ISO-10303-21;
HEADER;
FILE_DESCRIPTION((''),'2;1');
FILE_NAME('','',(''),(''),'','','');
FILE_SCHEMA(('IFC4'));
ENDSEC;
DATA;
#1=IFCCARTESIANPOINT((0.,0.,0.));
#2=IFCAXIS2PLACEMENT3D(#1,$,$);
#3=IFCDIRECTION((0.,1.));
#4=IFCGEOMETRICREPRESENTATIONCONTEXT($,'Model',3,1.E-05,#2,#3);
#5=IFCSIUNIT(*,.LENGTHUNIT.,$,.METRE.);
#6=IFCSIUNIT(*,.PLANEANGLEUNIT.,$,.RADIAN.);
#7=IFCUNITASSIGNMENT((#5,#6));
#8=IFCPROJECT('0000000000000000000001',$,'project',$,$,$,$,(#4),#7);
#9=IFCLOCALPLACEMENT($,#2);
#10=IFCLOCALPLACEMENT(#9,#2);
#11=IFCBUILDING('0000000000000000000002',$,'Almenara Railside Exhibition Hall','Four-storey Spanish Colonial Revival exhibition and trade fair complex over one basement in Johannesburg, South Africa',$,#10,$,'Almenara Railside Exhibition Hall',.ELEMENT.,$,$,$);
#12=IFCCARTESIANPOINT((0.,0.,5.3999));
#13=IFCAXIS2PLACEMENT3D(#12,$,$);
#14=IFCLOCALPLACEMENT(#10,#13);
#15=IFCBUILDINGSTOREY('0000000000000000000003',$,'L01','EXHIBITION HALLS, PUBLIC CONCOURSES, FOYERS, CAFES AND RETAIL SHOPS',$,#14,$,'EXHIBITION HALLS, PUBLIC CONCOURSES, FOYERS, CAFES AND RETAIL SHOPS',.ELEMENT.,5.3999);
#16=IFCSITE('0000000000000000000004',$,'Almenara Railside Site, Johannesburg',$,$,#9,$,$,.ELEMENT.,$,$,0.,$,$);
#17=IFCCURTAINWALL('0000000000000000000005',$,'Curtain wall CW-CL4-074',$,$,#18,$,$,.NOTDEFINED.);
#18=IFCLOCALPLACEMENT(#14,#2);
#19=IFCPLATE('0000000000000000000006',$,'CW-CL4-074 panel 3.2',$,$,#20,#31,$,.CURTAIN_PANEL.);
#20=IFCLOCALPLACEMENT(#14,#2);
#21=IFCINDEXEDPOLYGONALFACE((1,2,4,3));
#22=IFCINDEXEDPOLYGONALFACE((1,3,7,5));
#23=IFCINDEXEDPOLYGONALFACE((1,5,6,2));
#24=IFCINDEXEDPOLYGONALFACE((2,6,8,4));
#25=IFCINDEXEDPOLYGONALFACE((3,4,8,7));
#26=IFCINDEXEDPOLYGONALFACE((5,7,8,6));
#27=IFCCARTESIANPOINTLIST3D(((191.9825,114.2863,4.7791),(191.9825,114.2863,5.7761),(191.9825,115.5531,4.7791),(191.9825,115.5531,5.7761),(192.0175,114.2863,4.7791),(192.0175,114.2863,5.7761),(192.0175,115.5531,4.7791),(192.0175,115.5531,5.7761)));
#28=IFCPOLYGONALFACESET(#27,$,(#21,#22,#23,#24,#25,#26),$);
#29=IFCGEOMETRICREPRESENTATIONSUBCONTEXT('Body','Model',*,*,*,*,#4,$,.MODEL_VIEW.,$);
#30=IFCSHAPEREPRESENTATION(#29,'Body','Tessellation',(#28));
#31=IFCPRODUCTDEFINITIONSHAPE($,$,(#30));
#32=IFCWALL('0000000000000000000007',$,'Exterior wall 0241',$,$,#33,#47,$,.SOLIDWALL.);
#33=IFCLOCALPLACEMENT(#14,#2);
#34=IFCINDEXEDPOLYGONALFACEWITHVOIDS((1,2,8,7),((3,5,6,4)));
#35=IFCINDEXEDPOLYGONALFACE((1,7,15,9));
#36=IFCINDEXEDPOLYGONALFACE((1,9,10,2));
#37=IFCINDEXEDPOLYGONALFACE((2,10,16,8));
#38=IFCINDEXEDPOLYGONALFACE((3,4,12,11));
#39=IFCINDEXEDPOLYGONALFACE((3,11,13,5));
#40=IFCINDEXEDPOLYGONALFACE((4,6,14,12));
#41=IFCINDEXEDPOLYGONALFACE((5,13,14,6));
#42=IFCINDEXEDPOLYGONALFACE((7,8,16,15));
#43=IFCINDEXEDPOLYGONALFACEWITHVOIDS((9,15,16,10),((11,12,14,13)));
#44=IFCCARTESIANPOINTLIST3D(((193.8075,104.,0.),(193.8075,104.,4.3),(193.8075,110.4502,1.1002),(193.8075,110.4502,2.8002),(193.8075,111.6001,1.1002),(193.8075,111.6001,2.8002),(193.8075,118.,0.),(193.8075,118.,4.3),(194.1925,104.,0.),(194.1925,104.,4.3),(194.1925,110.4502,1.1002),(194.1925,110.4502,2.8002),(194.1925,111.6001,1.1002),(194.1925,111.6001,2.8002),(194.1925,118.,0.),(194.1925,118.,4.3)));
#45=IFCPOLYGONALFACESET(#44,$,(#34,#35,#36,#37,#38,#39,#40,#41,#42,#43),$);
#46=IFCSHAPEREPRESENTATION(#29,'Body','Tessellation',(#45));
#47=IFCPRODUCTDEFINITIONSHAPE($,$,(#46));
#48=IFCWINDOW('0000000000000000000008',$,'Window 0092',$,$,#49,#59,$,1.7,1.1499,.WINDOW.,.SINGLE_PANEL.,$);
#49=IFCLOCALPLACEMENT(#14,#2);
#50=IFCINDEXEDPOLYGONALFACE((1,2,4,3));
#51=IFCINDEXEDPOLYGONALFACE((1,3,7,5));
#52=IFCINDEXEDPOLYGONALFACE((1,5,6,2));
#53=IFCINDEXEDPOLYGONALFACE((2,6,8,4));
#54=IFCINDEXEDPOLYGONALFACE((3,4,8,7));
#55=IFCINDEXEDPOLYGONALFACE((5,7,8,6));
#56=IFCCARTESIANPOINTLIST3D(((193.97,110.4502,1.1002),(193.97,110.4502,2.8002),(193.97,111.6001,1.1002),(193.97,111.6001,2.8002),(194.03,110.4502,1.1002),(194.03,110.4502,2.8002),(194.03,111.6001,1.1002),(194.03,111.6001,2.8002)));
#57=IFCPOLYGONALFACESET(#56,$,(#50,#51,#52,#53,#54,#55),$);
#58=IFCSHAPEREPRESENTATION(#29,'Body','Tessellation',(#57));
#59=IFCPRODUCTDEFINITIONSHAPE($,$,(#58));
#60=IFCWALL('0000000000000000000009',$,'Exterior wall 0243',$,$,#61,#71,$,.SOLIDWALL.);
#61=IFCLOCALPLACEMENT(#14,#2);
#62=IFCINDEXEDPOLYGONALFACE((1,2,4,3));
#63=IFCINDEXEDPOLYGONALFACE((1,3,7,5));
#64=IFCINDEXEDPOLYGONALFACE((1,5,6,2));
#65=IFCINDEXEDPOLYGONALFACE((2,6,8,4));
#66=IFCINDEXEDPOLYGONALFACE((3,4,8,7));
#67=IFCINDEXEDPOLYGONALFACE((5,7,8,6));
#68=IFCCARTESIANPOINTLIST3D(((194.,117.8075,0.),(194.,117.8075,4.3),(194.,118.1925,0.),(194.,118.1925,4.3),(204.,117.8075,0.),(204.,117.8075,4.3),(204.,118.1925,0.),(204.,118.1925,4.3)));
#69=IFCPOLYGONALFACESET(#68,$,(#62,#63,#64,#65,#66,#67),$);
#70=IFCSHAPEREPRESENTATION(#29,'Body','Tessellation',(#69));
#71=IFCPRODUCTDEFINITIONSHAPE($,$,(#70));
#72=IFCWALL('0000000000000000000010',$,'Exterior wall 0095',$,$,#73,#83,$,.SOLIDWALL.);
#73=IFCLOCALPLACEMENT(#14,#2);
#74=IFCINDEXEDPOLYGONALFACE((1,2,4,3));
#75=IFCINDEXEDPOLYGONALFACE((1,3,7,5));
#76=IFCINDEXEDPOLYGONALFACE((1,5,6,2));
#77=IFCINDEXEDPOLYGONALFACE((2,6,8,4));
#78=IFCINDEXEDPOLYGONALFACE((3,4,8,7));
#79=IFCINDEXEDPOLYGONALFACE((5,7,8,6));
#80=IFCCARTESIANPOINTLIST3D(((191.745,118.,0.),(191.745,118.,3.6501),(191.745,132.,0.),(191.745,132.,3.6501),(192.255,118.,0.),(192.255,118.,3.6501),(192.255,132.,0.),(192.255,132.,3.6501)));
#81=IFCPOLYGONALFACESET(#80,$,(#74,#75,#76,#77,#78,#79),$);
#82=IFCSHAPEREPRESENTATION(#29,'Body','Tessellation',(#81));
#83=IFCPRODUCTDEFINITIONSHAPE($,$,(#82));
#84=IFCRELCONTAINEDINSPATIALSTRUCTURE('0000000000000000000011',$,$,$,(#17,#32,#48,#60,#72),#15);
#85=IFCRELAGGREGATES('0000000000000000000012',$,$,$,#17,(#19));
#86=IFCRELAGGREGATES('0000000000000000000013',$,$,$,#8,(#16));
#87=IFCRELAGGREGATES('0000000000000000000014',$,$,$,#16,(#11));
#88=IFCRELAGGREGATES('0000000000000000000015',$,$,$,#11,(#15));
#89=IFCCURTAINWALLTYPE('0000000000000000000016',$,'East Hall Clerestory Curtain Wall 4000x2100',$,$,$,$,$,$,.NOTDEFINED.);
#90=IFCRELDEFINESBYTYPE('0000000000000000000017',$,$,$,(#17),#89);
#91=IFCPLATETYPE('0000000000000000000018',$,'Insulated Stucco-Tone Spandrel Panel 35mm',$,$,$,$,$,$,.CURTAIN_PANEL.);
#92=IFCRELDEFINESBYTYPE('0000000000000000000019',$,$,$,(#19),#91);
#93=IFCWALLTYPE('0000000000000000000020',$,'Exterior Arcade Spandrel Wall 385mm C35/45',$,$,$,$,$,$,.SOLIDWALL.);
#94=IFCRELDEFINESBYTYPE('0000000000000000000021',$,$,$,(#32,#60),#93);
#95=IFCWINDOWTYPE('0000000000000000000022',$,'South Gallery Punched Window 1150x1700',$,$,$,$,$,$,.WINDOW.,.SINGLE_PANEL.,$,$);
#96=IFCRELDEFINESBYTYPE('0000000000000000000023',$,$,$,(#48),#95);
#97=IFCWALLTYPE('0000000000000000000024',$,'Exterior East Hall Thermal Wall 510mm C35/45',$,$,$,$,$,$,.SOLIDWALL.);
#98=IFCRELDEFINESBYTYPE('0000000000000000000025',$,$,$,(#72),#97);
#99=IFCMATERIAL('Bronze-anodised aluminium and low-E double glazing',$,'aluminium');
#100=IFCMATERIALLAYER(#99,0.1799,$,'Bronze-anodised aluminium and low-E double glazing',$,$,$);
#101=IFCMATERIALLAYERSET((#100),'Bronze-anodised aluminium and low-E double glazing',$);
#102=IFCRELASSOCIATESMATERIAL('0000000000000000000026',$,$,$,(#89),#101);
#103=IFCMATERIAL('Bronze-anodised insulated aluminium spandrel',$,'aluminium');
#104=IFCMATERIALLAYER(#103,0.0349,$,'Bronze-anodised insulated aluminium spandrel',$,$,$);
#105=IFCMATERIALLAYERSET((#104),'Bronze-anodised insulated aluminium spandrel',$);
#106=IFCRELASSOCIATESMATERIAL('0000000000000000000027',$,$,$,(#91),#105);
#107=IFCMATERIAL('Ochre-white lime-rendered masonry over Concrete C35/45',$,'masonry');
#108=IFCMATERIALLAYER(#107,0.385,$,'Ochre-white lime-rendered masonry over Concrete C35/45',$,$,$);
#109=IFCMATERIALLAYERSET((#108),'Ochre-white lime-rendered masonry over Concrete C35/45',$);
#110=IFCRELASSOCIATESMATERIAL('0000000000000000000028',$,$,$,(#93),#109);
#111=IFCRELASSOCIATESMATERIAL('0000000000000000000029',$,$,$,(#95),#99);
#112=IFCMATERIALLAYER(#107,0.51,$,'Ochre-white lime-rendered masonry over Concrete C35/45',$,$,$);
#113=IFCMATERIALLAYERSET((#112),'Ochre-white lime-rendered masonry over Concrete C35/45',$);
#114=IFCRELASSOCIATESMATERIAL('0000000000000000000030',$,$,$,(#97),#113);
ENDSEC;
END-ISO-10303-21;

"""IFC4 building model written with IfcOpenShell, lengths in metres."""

from ifc_helpers import new_model, si_unit, direction, frame, frame_2d, origin, origin_2d, place, context, subcontext, project, spatial, rectangle, extrude, material, layer, layer_set, type_object, element, fill, aggregate, save


model = new_model("IFC4")

# Units and contexts
model_context = context("Model", 3, precision=1e-05, world=origin(), true_north=direction((0.0, 1.0)))
body_context = subcontext(model_context, "Body", "Model", "MODEL_VIEW")
ifc_project = project(units=[si_unit("LENGTHUNIT", "METRE"), si_unit("PLANEANGLEUNIT", "RADIAN")], contexts=[model_context])

# Site, building, storey
site_placement = place(None, origin())
site = spatial("IfcSite", under=ifc_project, at=site_placement, Name="Almenara Railside Site, Johannesburg", CompositionType="ELEMENT", RefElevation=0.0)
building_placement = place(site_placement, origin())
building = spatial("IfcBuilding", under=site, at=building_placement, Name="Almenara Railside Exhibition Hall", Description="Four-storey Spanish Colonial Revival exhibition and trade fair complex over one basement in Johannesburg, South Africa", LongName="Almenara Railside Exhibition Hall", CompositionType="ELEMENT")
storey_placement = place(building_placement, frame((0.0, 0.0, 5.3999)))
storey = spatial("IfcBuildingStorey", under=building, at=storey_placement, Name="L01", Description="EXHIBITION HALLS, PUBLIC CONCOURSES, FOYERS, CAFES AND RETAIL SHOPS", LongName="EXHIBITION HALLS, PUBLIC CONCOURSES, FOYERS, CAFES AND RETAIL SHOPS", CompositionType="ELEMENT", Elevation=5.3999)

# Curtain wall
ifc_material_1 = material(Name="Bronze-anodised aluminium and low-E double glazing", Category="aluminium")
ifc_layer_1 = layer(ifc_material_1, 0.1799, Name="Bronze-anodised aluminium and low-E double glazing")
ifc_layer_set_1 = layer_set([ifc_layer_1], Name="Bronze-anodised aluminium and low-E double glazing")
curtain_wall_type_1 = type_object("IfcCurtainWallType", Name="East Hall Clerestory Curtain Wall 4000x2100", PredefinedType="NOTDEFINED", material=ifc_layer_set_1)
curtain_wall_1_placement = place(storey_placement, origin())
curtain_wall_1 = element("IfcCurtainWall", 1, at=curtain_wall_1_placement, inside=storey, type_object=curtain_wall_type_1, Name="Curtain wall CW-CL4-074", PredefinedType="NOTDEFINED")

# Plate
ifc_material_2 = material(Name="Bronze-anodised insulated aluminium spandrel", Category="aluminium")
ifc_layer_2 = layer(ifc_material_2, 0.0349, Name="Bronze-anodised insulated aluminium spandrel")
ifc_layer_set_2 = layer_set([ifc_layer_2], Name="Bronze-anodised insulated aluminium spandrel")
plate_type_1 = type_object("IfcPlateType", Name="Insulated Stucco-Tone Spandrel Panel 35mm", PredefinedType="CURTAIN_PANEL", material=ifc_layer_set_2)
plate_1_placement = place(storey_placement, frame((192.0, 114.9197, 4.7791), z_axis=(0.0, 0.0, 1.0), x_axis=(0.0, 1.0, 0.0)))
plate_1 = element("IfcPlate", 2, at=plate_1_placement, type_object=plate_type_1, Name="CW-CL4-074 panel 3.2", PredefinedType="CURTAIN_PANEL", context=body_context, shape_type="SweptSolid", body=[
    extrude(rectangle(XDim=1.2668, YDim=0.0349, at=origin_2d()), origin(), (0.0, 0.0, 1.0), 0.9971),
])
aggregate(curtain_wall_1, [plate_1])

# Wall, opening, window
ifc_material_3 = material(Name="Ochre-white lime-rendered masonry over Concrete C35/45", Category="masonry")
ifc_layer_3 = layer(ifc_material_3, 0.385, Name="Ochre-white lime-rendered masonry over Concrete C35/45")
ifc_layer_set_3 = layer_set([ifc_layer_3], Name="Ochre-white lime-rendered masonry over Concrete C35/45")
wall_type_1 = type_object("IfcWallType", Name="Exterior Arcade Spandrel Wall 385mm C35/45", PredefinedType="SOLIDWALL", material=ifc_layer_set_3)
wall_1_placement = place(storey_placement, frame((194.0, 118.0, 0.0), z_axis=(0.0, 0.0, 1.0), x_axis=(0.0, -1.0, 0.0)))
wall_1 = element("IfcWall", 3, at=wall_1_placement, inside=storey, type_object=wall_type_1, Name="Exterior wall 0241", PredefinedType="SOLIDWALL", context=body_context, shape_type="SweptSolid", body=[
    extrude(rectangle(XDim=14.0, YDim=0.385, at=frame_2d((7.0, 0.0))), origin(), (0.0, 0.0, 1.0), 4.3),
])
opening_placement = place(wall_1_placement, frame((6.3999, 0.0, 1.1001)))
opening = element("IfcOpeningElement", 4, at=opening_placement, cuts=wall_1, PredefinedType="OPENING", context=body_context, shape_type="SweptSolid", body=[
    extrude(rectangle(XDim=1.1499, YDim=1.7, at=frame_2d((0.575, 0.8501))), frame((0.0, 0.2024, 0.0), z_axis=(0.0, -1.0, 0.0), x_axis=(1.0, 0.0, 0.0)), (0.0, 0.0, 1.0), 0.405),
])
window_type = type_object("IfcWindowType", Name="South Gallery Punched Window 1150x1700", PartitioningType="SINGLE_PANEL", PredefinedType="WINDOW", material=ifc_material_1)
window_placement = place(opening_placement, origin())
window = element("IfcWindow", 5, at=window_placement, inside=storey, type_object=window_type, Name="Window 0092", OverallHeight=1.7, OverallWidth=1.1499, PartitioningType="SINGLE_PANEL", PredefinedType="WINDOW", context=body_context, shape_type="SweptSolid", body=[
    extrude(rectangle(XDim=1.1499, YDim=1.7, at=frame_2d((0.575, 0.8501))), frame((0.0, 0.03, 0.0), z_axis=(0.0, -1.0, 0.0), x_axis=(1.0, 0.0, 0.0)), (0.0, 0.0, 1.0), 0.0601),
])
fill(opening, window)

# Walls
wall_2_placement = place(storey_placement, frame((204.0, 118.0, 0.0), z_axis=(0.0, 0.0, 1.0), x_axis=(-1.0, 0.0, 0.0)))
element("IfcWall", 6, at=wall_2_placement, inside=storey, type_object=wall_type_1, Name="Exterior wall 0243", PredefinedType="SOLIDWALL", context=body_context, shape_type="SweptSolid", body=[
    extrude(rectangle(XDim=10.0, YDim=0.385, at=frame_2d((5.0, 0.0))), origin(), (0.0, 0.0, 1.0), 4.3),
])
ifc_layer_4 = layer(ifc_material_3, 0.51, Name="Ochre-white lime-rendered masonry over Concrete C35/45")
ifc_layer_set_4 = layer_set([ifc_layer_4], Name="Ochre-white lime-rendered masonry over Concrete C35/45")
wall_type_2 = type_object("IfcWallType", Name="Exterior East Hall Thermal Wall 510mm C35/45", PredefinedType="SOLIDWALL", material=ifc_layer_set_4)
wall_3_placement = place(storey_placement, frame((192.0, 118.0, 0.0), z_axis=(0.0, 0.0, 1.0), x_axis=(0.0, 1.0, 0.0)))
element("IfcWall", 7, at=wall_3_placement, inside=storey, type_object=wall_type_2, Name="Exterior wall 0095", PredefinedType="SOLIDWALL", context=body_context, shape_type="SweptSolid", body=[
    extrude(rectangle(XDim=14.0, YDim=0.51, at=frame_2d((7.0, 0.0))), origin(), (0.0, 0.0, 1.0), 3.6501),
])

save(model, "model.ifc")
